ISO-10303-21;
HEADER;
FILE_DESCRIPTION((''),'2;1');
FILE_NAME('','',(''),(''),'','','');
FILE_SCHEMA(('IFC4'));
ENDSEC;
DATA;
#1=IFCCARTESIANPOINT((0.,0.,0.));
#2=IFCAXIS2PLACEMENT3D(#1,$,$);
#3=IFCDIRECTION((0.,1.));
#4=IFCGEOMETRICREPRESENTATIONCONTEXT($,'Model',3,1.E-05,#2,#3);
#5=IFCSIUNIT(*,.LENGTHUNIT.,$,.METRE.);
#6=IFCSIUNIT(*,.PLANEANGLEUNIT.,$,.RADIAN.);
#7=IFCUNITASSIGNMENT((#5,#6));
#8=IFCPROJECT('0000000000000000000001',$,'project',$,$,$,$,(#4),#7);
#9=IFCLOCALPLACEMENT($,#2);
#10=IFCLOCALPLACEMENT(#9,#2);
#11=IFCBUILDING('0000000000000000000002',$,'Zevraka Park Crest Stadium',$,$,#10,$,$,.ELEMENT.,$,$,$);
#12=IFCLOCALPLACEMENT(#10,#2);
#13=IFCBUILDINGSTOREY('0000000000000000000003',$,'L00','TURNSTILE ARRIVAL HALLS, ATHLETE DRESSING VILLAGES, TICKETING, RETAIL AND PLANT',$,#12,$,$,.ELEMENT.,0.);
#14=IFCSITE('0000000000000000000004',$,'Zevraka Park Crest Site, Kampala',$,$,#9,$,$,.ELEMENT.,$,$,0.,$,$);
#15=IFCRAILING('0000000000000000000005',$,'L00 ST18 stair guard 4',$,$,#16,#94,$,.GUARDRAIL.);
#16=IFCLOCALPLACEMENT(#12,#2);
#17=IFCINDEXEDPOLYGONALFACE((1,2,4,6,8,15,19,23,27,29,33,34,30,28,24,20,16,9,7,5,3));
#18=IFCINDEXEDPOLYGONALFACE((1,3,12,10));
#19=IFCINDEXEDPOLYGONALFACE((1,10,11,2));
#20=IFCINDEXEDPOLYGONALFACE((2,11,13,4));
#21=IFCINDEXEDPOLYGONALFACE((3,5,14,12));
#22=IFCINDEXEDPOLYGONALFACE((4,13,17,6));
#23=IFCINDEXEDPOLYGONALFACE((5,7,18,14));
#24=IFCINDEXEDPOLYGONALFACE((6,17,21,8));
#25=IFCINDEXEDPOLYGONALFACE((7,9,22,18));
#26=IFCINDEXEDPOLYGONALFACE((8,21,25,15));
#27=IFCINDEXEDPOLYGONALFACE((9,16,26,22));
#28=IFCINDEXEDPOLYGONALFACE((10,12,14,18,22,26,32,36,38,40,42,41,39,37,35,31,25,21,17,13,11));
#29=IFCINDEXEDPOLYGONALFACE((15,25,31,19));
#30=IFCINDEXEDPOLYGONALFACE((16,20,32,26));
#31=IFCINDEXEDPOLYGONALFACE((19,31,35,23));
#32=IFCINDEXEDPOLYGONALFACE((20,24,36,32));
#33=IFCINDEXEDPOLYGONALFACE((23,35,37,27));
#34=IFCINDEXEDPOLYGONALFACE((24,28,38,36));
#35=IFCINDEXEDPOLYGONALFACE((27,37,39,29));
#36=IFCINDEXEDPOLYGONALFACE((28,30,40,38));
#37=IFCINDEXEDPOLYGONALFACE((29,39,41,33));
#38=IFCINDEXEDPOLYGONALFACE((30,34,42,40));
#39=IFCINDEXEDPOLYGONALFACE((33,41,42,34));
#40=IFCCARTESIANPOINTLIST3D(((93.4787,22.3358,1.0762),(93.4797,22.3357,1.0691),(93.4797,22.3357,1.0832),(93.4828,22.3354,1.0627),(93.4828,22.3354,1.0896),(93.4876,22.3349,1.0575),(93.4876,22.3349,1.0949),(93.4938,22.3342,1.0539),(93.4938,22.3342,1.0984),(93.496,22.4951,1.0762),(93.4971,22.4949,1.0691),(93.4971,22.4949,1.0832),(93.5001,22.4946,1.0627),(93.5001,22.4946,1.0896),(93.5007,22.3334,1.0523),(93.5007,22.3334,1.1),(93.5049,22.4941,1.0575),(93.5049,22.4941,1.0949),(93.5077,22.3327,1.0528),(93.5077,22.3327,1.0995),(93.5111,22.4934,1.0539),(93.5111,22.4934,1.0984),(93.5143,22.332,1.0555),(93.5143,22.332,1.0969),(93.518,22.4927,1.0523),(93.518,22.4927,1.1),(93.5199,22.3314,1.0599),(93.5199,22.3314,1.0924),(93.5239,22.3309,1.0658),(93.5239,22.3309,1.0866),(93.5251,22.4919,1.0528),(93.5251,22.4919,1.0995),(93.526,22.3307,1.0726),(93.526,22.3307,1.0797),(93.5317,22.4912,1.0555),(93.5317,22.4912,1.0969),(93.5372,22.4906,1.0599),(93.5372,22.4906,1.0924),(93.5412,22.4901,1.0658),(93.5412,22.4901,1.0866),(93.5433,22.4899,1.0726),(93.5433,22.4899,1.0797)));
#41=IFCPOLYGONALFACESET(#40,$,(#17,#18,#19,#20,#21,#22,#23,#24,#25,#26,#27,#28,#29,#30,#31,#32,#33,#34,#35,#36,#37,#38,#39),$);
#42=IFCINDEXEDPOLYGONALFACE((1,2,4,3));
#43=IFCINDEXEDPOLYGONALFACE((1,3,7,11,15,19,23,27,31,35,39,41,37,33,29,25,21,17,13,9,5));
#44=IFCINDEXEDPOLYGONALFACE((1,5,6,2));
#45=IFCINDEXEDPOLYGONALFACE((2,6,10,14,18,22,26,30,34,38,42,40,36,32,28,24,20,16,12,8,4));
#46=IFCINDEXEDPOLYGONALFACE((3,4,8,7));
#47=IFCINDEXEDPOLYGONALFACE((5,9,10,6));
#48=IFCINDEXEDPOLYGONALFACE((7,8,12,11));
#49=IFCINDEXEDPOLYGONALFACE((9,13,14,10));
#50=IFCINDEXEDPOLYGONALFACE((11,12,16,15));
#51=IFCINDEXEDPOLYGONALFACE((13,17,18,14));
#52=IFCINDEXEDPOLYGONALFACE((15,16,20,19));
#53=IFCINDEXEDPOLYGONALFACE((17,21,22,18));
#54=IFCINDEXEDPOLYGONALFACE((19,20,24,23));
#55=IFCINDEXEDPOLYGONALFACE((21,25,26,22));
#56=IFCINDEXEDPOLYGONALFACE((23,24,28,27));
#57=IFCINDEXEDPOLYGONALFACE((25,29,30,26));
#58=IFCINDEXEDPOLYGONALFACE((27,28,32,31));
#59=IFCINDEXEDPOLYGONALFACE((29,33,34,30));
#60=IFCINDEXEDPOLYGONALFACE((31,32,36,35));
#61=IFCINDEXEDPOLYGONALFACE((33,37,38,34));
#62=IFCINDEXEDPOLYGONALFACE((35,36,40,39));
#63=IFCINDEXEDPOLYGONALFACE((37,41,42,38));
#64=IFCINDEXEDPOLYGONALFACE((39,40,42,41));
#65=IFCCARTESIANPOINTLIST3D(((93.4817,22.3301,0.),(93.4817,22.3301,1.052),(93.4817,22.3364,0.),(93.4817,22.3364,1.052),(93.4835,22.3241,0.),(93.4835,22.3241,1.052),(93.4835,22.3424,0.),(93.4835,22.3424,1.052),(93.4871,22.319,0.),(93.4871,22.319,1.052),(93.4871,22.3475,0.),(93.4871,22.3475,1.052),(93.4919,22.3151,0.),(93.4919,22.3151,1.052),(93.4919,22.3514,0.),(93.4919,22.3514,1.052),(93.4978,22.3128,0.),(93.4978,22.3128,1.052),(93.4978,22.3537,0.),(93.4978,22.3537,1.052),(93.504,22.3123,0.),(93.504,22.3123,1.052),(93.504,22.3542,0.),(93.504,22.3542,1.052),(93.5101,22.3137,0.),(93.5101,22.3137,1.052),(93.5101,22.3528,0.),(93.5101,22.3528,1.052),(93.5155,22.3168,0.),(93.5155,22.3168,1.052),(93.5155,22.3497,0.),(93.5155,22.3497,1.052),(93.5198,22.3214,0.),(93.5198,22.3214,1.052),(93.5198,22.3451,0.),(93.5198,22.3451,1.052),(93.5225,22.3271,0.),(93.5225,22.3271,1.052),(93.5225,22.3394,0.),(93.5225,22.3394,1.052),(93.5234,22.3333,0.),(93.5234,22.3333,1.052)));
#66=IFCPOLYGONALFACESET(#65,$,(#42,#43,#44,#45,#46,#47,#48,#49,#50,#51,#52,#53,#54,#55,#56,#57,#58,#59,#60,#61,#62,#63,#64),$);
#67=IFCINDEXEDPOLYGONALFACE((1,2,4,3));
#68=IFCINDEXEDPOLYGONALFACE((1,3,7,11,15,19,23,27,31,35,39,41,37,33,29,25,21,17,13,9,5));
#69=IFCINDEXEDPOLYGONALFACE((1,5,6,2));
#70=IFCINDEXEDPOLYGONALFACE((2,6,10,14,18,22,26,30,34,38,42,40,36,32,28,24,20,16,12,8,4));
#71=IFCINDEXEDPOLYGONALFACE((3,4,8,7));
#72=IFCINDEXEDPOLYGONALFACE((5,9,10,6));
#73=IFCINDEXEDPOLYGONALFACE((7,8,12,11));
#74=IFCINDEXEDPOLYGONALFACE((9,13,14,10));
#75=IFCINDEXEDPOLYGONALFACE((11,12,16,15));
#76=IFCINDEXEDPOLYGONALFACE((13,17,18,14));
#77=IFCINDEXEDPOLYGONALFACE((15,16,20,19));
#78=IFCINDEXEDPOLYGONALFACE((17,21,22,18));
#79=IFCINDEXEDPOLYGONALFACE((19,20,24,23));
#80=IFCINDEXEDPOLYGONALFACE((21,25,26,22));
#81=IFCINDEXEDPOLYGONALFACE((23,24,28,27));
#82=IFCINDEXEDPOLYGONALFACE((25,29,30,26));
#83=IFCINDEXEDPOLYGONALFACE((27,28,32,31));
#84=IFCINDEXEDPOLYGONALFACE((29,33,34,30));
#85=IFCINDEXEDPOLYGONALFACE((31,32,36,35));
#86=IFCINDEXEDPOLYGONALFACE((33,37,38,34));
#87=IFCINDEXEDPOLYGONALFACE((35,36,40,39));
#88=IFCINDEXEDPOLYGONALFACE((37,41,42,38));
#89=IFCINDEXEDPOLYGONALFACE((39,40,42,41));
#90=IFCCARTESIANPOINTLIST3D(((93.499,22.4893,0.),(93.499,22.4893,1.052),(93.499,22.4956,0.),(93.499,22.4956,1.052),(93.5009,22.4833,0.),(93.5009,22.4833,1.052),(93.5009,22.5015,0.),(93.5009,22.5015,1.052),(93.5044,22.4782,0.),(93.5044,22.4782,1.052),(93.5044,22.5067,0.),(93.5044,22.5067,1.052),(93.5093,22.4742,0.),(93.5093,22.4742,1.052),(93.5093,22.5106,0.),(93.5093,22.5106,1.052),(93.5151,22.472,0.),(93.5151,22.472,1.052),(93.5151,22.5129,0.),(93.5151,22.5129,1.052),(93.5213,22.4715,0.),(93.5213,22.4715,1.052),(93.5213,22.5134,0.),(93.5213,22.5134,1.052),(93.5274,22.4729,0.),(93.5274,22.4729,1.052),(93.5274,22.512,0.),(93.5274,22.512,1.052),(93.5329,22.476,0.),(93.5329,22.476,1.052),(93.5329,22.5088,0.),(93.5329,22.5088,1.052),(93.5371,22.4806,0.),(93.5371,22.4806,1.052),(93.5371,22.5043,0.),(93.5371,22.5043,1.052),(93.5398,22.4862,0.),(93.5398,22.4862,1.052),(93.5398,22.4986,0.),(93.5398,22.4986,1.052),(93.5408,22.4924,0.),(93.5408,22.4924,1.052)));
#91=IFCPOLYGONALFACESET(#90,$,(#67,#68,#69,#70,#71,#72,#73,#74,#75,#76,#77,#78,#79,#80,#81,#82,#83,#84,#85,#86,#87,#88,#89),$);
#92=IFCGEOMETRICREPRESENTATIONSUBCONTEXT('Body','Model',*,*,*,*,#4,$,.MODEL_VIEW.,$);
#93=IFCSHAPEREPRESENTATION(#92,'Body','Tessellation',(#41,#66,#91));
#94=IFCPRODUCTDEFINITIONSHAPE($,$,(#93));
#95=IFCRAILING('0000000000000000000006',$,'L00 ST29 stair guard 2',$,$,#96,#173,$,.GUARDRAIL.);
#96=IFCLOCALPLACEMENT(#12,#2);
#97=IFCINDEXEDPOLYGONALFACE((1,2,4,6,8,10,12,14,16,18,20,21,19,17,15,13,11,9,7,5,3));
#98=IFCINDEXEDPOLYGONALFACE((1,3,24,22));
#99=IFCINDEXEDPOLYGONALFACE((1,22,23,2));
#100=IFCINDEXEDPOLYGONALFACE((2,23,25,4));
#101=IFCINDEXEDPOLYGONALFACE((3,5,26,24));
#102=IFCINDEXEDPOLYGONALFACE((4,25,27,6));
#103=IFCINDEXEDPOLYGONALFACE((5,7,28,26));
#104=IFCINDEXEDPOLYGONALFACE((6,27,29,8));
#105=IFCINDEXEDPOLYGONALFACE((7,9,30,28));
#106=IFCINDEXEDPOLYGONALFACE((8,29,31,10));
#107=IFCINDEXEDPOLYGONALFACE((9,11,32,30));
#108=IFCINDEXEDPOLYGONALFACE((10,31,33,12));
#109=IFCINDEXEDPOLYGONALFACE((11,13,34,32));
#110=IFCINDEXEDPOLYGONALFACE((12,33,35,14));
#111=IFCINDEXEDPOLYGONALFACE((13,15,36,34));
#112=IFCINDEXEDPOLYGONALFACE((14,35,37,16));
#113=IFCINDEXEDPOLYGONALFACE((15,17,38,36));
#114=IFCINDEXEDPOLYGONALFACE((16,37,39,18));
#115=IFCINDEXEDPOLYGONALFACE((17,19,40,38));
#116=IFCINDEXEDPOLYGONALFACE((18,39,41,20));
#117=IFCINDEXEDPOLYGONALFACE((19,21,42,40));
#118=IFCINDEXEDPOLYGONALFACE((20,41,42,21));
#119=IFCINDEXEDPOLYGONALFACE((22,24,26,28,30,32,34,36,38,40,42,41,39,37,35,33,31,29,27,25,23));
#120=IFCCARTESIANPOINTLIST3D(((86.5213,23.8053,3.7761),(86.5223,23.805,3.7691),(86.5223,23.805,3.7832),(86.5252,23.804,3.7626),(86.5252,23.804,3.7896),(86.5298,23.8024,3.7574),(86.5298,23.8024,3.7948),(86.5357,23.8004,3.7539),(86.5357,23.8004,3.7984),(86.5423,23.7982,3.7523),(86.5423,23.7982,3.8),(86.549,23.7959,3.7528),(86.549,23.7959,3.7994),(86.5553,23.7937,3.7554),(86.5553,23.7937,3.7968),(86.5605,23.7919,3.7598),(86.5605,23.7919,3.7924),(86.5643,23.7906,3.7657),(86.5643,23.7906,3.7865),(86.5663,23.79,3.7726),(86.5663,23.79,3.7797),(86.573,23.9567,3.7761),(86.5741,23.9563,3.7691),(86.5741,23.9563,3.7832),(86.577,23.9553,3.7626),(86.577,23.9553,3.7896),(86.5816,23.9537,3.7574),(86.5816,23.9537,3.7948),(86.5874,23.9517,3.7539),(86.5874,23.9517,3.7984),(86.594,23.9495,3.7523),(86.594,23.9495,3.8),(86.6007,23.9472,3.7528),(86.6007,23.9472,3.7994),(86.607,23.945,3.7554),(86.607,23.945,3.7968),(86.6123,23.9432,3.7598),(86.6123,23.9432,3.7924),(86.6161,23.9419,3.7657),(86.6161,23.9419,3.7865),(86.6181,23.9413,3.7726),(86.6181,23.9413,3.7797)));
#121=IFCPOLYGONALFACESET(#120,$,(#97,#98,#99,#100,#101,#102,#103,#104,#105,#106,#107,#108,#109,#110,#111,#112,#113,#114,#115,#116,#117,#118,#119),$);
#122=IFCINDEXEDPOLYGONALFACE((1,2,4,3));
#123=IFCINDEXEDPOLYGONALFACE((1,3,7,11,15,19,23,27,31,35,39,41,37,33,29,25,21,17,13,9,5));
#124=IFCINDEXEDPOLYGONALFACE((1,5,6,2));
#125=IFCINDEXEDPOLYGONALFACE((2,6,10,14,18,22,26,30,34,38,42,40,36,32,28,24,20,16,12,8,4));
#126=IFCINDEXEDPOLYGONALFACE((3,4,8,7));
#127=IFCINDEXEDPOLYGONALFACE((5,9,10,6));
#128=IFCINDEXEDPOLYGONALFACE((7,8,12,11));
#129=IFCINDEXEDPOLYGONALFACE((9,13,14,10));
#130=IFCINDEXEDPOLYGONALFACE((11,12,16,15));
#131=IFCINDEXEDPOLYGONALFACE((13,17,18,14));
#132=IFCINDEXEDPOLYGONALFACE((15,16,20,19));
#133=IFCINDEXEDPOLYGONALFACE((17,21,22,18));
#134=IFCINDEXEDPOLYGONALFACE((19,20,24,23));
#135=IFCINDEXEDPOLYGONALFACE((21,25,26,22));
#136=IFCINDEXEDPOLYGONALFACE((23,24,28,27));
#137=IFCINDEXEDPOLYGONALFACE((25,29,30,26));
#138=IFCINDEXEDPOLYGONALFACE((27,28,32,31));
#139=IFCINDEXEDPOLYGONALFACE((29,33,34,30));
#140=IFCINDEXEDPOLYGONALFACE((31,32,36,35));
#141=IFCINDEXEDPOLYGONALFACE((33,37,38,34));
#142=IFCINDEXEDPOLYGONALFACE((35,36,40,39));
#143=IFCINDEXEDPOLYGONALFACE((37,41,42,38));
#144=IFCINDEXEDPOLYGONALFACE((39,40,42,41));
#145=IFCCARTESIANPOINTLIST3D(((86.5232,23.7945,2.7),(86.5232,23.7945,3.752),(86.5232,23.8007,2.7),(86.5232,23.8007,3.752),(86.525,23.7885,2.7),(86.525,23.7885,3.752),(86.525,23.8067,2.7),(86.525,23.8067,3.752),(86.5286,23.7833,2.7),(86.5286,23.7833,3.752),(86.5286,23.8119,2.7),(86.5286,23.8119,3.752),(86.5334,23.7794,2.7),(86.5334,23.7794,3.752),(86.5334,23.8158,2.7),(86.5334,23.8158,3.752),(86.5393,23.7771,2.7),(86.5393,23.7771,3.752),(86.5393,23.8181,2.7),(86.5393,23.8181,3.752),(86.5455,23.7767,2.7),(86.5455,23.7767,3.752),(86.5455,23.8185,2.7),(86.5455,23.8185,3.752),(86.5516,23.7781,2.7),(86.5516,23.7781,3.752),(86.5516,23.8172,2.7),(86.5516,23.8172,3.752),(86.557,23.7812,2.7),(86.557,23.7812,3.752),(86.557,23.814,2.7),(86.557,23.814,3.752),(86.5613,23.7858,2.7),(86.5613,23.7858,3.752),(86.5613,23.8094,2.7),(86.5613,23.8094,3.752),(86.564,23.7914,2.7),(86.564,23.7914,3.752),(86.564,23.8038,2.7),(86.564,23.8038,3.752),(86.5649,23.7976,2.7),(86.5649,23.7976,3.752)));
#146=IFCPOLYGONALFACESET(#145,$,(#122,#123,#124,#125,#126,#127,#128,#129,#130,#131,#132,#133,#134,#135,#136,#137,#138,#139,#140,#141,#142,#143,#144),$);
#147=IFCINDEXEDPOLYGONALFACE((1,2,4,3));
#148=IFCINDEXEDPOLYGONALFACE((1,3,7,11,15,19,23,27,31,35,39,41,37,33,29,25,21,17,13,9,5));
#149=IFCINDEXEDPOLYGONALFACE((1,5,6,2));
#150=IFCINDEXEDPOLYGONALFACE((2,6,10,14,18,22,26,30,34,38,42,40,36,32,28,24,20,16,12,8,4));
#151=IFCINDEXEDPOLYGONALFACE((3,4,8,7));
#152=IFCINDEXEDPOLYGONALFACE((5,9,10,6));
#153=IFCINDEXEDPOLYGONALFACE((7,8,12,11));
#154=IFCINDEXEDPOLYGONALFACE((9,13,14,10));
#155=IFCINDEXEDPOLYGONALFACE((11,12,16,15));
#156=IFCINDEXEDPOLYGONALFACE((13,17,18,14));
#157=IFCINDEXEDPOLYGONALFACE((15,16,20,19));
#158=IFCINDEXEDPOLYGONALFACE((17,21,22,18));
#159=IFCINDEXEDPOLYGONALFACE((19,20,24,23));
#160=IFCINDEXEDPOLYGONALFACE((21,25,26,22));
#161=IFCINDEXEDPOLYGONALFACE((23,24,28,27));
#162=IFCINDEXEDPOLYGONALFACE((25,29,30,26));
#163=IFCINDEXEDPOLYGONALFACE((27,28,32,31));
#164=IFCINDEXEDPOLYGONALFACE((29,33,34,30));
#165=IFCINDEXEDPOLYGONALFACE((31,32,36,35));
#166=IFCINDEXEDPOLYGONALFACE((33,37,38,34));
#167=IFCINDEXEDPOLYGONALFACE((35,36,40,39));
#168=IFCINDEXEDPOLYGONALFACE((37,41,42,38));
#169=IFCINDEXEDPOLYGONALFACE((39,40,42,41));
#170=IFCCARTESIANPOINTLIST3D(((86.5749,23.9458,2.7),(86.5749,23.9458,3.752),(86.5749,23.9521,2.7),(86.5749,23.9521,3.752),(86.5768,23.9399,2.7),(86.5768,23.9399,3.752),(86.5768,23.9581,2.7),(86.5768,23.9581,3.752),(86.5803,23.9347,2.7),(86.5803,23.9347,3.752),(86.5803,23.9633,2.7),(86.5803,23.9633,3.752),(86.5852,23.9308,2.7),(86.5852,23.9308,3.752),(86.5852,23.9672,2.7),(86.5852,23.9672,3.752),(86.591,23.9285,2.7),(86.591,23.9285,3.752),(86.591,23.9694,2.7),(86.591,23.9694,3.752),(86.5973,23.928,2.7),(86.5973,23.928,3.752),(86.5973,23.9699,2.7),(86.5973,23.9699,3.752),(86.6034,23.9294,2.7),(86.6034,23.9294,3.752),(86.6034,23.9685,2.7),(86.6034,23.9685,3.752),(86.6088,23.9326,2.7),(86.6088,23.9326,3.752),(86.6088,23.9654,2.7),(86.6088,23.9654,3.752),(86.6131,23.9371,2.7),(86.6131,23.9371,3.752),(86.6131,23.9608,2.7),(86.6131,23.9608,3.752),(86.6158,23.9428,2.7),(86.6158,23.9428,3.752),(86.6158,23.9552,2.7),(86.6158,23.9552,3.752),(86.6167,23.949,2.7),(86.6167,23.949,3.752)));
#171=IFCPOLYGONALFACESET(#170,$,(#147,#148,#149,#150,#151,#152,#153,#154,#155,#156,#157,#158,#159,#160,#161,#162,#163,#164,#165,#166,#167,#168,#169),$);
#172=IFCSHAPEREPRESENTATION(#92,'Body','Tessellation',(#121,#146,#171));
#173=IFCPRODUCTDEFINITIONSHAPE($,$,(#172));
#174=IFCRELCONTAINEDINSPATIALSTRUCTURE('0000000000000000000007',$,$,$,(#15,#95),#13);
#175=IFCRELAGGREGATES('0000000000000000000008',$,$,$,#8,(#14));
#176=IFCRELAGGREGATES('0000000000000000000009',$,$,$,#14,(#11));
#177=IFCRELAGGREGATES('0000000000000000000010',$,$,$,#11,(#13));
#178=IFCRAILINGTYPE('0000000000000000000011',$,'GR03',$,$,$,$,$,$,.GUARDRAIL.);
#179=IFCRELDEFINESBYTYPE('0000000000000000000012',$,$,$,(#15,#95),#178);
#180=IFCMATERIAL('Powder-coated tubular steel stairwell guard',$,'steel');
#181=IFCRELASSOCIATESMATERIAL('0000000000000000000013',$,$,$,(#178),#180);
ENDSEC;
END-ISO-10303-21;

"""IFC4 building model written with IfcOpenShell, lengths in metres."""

from ifc_helpers import new_model, si_unit, direction, frame, origin, origin_2d, place, context, subcontext, project, spatial, circle, extrude, material, type_object, element, save


model = new_model("IFC4")

# Units and contexts
model_context = context("Model", 3, precision=1e-05, world=origin(), true_north=direction((0.0, 1.0)))
body_context = subcontext(model_context, "Body", "Model", "MODEL_VIEW")
ifc_project = project(units=[si_unit("LENGTHUNIT", "METRE"), si_unit("PLANEANGLEUNIT", "RADIAN")], contexts=[model_context])

# Site, building, storey
site_placement = place(None, origin())
site = spatial("IfcSite", under=ifc_project, at=site_placement, Name="Zevraka Park Crest Site, Kampala", CompositionType="ELEMENT", RefElevation=0.0)
building_placement = place(site_placement, origin())
building = spatial("IfcBuilding", under=site, at=building_placement, Name="Zevraka Park Crest Stadium", CompositionType="ELEMENT")
storey_placement = place(building_placement, origin())
storey = spatial("IfcBuildingStorey", under=building, at=storey_placement, Name="L00", Description="TURNSTILE ARRIVAL HALLS, ATHLETE DRESSING VILLAGES, TICKETING, RETAIL AND PLANT", CompositionType="ELEMENT", Elevation=0.0)

# Railings
ifc_material_1 = material(Name="Powder-coated tubular steel stairwell guard", Category="steel")
railing_type_1 = type_object("IfcRailingType", Name="GR03", PredefinedType="GUARDRAIL", material=ifc_material_1)
railing_1_placement = place(storey_placement, frame((93.5024, 22.3333, 0.0)))
element("IfcRailing", 1, at=railing_1_placement, inside=storey, type_object=railing_type_1, Name="L00 ST18 stair guard 4", PredefinedType="GUARDRAIL", context=body_context, shape_type="SweptSolid", body=[
    extrude(circle(Radius=0.0239, at=origin_2d()), frame((0.0, 0.0, 1.0762), z_axis=(0.108256, 0.994123, 0.0), x_axis=(-0.994123, 0.108256, 0.0)), (0.0, 0.0, 1.0), 0.1602),
    extrude(circle(Radius=0.021, at=origin_2d()), origin(), (0.0, 0.0, 1.0), 1.052),
    extrude(circle(Radius=0.021, at=origin_2d()), frame((0.0173, 0.1592, 0.0)), (0.0, 0.0, 1.0), 1.052),
])
railing_2_placement = place(storey_placement, frame((86.5439, 23.7976, 2.7)))
element("IfcRailing", 2, at=railing_2_placement, inside=storey, type_object=railing_type_1, Name="L00 ST29 stair guard 2", PredefinedType="GUARDRAIL", context=body_context, shape_type="SweptSolid", body=[
    extrude(circle(Radius=0.0239, at=origin_2d()), frame((0.0, 0.0, 1.0762), z_axis=(0.323544, 0.946213, 0.0), x_axis=(-0.946213, 0.323544, 0.0)), (0.0, 0.0, 1.0), 0.1599),
    extrude(circle(Radius=0.021, at=origin_2d()), origin(), (0.0, 0.0, 1.0), 1.052),
    extrude(circle(Radius=0.021, at=origin_2d()), frame((0.0518, 0.1514, 0.0)), (0.0, 0.0, 1.0), 1.052),
])

save(model, "model.ifc")
